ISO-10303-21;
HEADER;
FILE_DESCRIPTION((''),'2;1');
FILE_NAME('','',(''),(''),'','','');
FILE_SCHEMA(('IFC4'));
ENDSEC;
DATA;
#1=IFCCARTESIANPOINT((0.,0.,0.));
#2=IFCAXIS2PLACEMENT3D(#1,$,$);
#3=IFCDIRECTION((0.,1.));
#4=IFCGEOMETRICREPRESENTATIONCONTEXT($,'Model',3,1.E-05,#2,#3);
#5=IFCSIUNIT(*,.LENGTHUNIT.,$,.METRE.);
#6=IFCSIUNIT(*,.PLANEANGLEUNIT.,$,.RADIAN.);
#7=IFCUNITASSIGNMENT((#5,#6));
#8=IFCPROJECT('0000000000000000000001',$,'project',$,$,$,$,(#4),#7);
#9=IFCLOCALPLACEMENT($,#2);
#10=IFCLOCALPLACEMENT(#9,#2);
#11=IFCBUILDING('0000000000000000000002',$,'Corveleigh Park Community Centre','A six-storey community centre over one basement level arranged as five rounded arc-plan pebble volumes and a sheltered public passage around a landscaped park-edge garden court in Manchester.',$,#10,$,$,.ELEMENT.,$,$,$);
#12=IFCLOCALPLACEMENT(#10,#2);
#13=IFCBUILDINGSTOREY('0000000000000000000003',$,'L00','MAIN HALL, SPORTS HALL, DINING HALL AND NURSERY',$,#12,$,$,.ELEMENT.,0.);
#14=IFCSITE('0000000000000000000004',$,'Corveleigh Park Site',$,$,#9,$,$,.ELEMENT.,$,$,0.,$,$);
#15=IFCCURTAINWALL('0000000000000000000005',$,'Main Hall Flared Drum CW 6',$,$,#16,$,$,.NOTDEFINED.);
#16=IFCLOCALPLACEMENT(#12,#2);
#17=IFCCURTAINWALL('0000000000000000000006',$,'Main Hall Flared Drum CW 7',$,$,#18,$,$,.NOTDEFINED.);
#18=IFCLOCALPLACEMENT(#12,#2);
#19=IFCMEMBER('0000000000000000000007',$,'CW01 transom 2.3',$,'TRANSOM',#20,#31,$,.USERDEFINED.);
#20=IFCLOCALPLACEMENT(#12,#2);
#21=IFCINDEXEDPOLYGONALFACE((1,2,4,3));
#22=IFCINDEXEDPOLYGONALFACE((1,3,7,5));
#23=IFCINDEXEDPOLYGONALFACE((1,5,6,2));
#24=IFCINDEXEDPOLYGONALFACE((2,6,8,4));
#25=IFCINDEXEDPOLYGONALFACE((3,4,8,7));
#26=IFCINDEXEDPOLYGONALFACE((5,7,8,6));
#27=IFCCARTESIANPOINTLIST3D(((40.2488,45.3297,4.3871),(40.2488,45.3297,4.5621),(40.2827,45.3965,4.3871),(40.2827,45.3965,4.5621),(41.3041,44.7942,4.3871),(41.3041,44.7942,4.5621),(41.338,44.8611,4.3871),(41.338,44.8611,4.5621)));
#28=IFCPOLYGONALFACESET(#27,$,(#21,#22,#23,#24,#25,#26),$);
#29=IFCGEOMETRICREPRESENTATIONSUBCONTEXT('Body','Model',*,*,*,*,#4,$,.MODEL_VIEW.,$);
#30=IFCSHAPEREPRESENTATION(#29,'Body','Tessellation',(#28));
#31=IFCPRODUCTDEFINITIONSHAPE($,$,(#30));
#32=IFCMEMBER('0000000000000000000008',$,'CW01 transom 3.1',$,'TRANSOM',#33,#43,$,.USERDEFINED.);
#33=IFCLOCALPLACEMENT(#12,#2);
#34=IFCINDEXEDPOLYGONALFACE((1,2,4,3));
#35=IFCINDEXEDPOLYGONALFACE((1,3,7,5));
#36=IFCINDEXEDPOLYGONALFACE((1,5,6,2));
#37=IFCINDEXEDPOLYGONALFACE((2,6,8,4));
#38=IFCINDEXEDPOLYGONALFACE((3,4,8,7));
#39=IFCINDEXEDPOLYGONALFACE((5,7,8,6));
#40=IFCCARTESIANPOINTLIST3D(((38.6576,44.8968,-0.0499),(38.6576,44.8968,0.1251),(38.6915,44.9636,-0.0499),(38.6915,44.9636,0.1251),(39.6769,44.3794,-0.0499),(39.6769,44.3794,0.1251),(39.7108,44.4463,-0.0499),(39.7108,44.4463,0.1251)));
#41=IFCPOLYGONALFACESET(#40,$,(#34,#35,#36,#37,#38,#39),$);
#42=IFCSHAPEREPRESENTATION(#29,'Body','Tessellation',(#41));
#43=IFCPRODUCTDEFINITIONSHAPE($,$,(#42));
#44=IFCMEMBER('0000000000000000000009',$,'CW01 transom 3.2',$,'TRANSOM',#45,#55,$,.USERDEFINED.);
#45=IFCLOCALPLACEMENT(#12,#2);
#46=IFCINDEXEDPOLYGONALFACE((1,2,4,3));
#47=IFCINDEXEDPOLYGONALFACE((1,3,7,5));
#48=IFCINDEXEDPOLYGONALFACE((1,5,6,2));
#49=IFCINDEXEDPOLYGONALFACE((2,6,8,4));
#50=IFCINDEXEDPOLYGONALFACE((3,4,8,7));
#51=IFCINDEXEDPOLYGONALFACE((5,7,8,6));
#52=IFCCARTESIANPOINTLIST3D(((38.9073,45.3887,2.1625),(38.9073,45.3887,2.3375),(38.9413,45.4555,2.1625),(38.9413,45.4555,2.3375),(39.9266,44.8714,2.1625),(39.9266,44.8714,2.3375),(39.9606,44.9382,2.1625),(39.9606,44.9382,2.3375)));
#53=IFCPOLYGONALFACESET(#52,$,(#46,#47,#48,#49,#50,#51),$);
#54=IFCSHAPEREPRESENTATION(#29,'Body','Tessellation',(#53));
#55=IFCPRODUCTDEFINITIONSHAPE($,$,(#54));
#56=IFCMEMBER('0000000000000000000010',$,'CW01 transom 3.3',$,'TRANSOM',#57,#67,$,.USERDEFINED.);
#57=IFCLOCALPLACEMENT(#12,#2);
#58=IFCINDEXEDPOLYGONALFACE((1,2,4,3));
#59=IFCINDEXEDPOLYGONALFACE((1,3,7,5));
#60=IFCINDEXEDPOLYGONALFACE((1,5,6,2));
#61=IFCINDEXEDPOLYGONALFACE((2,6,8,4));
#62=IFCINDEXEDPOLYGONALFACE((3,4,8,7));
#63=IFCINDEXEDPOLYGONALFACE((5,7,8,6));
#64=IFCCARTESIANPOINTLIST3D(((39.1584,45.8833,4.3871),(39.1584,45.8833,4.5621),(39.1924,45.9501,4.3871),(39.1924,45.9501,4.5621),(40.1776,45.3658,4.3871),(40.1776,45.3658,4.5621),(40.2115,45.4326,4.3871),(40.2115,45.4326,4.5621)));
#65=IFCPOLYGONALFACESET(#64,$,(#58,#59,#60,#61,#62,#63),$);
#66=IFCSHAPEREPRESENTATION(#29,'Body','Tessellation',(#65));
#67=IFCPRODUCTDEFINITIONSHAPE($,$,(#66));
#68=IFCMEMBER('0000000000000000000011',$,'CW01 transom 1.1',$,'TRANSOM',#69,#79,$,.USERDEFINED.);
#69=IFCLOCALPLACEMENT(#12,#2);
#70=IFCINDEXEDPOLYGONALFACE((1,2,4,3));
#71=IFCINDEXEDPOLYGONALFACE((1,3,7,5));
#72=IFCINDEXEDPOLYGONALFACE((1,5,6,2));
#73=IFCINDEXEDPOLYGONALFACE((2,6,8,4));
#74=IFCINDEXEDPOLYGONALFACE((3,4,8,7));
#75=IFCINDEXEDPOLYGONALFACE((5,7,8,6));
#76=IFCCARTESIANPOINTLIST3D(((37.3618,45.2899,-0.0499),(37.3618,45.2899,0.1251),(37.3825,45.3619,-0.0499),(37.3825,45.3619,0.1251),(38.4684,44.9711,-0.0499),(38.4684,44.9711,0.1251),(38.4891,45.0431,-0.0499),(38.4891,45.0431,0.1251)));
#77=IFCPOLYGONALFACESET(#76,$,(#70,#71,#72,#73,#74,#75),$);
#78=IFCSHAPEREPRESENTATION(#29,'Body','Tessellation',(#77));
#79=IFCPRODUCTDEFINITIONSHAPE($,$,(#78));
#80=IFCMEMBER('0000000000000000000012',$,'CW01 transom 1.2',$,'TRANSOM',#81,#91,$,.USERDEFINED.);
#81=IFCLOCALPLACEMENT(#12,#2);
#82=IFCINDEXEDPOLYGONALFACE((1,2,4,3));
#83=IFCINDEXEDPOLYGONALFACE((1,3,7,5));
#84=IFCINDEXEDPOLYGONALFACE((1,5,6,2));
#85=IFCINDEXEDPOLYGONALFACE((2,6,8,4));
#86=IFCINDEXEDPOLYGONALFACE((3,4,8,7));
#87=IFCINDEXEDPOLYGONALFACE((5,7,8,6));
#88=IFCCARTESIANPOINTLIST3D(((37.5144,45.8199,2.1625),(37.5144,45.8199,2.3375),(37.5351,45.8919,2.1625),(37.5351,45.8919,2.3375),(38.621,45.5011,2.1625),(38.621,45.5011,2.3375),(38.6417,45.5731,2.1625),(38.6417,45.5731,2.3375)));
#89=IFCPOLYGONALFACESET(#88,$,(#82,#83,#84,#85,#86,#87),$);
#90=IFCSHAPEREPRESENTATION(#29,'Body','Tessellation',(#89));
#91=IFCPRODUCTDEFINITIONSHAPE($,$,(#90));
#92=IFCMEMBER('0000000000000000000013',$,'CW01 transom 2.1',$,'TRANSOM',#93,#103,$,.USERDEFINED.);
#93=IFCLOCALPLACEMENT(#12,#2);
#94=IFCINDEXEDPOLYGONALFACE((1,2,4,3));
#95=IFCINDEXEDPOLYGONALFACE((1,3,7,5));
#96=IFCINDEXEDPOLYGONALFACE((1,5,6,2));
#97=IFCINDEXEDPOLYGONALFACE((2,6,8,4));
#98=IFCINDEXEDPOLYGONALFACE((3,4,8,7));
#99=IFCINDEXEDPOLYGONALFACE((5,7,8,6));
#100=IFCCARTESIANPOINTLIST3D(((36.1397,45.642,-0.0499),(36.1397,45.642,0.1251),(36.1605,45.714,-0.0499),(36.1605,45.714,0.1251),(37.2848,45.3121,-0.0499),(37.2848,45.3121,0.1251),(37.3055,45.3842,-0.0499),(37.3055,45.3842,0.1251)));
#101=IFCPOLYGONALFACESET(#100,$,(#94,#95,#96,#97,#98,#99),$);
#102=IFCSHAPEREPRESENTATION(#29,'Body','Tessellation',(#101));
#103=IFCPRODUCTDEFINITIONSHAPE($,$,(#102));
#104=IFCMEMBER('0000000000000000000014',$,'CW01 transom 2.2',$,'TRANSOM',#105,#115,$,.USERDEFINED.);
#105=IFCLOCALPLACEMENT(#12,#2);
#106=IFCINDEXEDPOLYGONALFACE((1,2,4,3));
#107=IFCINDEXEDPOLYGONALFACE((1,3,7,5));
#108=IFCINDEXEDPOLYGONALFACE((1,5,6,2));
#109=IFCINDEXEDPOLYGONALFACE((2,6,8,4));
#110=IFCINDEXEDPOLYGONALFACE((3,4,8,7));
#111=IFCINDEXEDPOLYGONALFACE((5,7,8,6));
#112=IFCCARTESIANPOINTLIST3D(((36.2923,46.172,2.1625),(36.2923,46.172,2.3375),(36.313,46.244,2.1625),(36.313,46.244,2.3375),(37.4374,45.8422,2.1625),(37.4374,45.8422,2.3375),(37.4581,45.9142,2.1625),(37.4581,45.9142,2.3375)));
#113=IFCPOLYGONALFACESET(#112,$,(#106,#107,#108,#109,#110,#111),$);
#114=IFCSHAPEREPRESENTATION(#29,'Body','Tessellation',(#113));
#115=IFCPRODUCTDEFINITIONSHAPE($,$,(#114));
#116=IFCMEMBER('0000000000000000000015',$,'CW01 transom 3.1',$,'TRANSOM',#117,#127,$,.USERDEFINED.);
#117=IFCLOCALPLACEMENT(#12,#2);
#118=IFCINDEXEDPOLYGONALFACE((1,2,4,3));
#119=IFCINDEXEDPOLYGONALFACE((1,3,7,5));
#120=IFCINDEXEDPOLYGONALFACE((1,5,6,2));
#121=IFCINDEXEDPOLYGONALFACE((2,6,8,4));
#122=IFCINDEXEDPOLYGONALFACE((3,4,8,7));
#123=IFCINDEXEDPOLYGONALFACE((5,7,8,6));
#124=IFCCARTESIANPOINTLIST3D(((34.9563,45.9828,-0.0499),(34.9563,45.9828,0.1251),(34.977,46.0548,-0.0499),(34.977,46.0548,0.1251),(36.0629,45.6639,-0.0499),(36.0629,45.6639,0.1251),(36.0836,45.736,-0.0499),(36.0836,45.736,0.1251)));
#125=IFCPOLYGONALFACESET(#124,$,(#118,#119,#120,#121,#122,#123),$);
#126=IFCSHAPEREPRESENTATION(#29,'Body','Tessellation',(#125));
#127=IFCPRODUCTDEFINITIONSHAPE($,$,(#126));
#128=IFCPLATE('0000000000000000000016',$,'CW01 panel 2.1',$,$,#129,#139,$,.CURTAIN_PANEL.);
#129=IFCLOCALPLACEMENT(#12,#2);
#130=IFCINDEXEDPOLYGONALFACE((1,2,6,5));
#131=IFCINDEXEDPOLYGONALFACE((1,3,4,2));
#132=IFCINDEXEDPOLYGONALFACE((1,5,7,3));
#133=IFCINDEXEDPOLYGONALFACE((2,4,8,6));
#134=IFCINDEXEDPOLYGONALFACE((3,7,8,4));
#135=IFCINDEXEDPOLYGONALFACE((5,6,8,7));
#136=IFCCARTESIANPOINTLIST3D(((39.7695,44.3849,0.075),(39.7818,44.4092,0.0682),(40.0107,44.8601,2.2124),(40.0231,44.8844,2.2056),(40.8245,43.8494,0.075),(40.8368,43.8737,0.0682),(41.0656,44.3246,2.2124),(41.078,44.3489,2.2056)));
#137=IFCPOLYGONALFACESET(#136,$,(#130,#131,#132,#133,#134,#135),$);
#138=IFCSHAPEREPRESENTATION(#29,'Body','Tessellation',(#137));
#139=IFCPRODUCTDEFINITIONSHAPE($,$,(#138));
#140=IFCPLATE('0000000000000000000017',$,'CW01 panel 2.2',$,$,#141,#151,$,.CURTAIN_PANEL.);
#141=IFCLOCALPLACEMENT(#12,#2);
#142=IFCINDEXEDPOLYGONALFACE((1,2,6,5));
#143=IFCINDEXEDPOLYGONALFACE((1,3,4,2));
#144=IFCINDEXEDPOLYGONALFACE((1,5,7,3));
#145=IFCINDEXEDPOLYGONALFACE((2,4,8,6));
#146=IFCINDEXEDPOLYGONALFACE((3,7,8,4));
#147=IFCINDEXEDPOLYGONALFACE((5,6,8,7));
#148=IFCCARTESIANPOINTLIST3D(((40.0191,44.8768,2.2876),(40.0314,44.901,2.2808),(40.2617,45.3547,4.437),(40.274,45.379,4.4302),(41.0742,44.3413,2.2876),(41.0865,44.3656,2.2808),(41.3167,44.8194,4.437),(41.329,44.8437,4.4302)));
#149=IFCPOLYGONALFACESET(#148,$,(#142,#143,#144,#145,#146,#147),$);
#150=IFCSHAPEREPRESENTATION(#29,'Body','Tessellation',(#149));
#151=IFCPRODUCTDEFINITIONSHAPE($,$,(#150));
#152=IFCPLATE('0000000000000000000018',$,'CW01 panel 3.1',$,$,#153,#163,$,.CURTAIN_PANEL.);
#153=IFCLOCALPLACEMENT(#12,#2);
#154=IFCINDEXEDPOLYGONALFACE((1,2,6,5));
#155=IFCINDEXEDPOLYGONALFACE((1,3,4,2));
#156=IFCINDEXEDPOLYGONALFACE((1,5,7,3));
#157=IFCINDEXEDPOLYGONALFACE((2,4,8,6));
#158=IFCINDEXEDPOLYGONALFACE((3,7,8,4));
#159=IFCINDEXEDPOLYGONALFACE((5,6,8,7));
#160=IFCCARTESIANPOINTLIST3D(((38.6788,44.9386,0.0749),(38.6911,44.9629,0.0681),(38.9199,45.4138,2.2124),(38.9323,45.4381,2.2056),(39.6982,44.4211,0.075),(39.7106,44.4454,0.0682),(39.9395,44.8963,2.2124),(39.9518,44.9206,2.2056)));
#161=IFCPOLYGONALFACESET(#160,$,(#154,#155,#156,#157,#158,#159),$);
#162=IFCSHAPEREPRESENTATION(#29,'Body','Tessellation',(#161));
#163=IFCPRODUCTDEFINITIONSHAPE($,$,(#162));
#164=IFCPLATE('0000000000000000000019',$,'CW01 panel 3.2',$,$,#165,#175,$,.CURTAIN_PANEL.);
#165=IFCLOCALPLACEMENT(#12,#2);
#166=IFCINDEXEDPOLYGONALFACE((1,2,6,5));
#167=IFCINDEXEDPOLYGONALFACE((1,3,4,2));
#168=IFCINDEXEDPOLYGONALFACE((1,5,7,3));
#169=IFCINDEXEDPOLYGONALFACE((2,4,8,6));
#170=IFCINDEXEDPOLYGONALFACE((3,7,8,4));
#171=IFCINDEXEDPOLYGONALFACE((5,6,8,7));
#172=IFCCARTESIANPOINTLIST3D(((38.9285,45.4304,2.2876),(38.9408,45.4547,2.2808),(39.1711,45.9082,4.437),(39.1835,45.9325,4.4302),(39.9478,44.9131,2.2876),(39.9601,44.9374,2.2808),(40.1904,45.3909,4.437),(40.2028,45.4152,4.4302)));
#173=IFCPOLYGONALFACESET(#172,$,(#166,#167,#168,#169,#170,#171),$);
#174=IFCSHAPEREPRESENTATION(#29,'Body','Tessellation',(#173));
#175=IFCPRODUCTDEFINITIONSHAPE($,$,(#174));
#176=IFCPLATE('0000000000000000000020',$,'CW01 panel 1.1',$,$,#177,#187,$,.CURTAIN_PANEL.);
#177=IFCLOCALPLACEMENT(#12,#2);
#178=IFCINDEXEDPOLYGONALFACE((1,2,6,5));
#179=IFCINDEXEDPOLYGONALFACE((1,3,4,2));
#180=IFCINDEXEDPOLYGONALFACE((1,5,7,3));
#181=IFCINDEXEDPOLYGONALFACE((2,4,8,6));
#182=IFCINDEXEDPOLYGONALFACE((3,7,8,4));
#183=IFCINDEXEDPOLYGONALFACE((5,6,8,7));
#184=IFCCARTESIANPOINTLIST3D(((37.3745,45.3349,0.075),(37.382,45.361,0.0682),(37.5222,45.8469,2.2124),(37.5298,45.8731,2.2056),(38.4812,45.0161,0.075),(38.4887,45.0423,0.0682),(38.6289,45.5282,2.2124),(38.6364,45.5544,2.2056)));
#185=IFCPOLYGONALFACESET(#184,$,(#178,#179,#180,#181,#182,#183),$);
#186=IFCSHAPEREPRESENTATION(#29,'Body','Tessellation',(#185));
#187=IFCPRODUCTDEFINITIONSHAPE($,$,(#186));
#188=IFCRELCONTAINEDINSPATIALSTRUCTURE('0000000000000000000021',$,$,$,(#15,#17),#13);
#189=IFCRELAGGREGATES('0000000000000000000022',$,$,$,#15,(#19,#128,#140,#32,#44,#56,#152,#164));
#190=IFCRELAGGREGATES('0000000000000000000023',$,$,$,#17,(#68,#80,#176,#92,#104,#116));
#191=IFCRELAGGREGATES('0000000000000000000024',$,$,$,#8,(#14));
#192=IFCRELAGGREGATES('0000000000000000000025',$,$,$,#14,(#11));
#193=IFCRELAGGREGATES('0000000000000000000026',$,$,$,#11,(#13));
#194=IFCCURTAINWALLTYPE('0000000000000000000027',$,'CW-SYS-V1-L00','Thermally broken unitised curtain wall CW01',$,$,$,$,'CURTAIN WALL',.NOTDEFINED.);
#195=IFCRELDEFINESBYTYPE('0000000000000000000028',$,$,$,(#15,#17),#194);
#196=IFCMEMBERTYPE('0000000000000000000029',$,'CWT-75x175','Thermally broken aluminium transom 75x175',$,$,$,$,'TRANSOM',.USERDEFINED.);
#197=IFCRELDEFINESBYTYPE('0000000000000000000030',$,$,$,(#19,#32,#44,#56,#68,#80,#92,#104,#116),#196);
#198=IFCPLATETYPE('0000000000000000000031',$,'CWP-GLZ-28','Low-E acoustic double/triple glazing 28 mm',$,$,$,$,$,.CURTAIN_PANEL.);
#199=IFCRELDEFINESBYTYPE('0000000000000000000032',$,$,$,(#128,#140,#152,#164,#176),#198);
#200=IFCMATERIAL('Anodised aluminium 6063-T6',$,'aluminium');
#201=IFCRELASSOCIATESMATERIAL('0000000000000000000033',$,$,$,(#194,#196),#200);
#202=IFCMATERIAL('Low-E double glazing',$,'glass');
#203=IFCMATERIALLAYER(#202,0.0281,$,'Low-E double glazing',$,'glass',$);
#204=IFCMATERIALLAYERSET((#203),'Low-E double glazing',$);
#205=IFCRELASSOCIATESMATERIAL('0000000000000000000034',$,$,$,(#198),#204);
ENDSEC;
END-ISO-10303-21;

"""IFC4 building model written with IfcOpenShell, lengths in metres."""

from ifc_helpers import new_model, si_unit, direction, frame, origin, origin_2d, place, context, subcontext, project, spatial, polyline, rectangle, outline, extrude, material, layer, layer_set, material_profile, profile_set, type_object, element, aggregate, save


model = new_model("IFC4")

# Units and contexts
model_context = context("Model", 3, precision=1e-05, world=origin(), true_north=direction((0.0, 1.0)))
body_context = subcontext(model_context, "Body", "Model", "MODEL_VIEW")
ifc_project = project(units=[si_unit("LENGTHUNIT", "METRE"), si_unit("PLANEANGLEUNIT", "RADIAN")], contexts=[model_context])

# Site, building, storey
site_placement = place(None, origin())
site = spatial("IfcSite", under=ifc_project, at=site_placement, Name="Corveleigh Park Site", CompositionType="ELEMENT", RefElevation=0.0)
building_placement = place(site_placement, origin())
building = spatial("IfcBuilding", under=site, at=building_placement, Name="Corveleigh Park Community Centre", Description="A six-storey community centre over one basement level arranged as five rounded arc-plan pebble volumes and a sheltered public passage around a landscaped park-edge garden court in Manchester.", CompositionType="ELEMENT")
storey_placement = place(building_placement, origin())
storey = spatial("IfcBuildingStorey", under=building, at=storey_placement, Name="L00", Description="MAIN HALL, SPORTS HALL, DINING HALL AND NURSERY", CompositionType="ELEMENT", Elevation=0.0)

# Curtain walls
ifc_material_1 = material(Name="Anodised aluminium 6063-T6", Category="aluminium")
curtain_wall_type = type_object("IfcCurtainWallType", Name="CW-SYS-V1-L00", Description="Thermally broken unitised curtain wall CW01", ElementType="CURTAIN WALL", PredefinedType="NOTDEFINED", material=ifc_material_1)
curtain_wall_1_placement = place(storey_placement, origin())
curtain_wall_1 = element("IfcCurtainWall", 1, at=curtain_wall_1_placement, inside=storey, type_object=curtain_wall_type, Name="Main Hall Flared Drum CW 6", PredefinedType="NOTDEFINED")
curtain_wall_2_placement = place(storey_placement, origin())
curtain_wall_2 = element("IfcCurtainWall", 2, at=curtain_wall_2_placement, inside=storey, type_object=curtain_wall_type, Name="Main Hall Flared Drum CW 7", PredefinedType="NOTDEFINED")

# Members
ifc_material_profile_1 = material_profile(ifc_material_1, rectangle(XDim=0.075, YDim=0.175, at=origin_2d()), Name="ALU-T75x175", Category="aluminium")
ifc_profile_set_1 = profile_set([ifc_material_profile_1], Name="Anodised aluminium 6063-T6")
member_type_1 = type_object("IfcMemberType", Name="CWT-75x175", Description="Thermally broken aluminium transom 75x175", ElementType="TRANSOM", PredefinedType="USERDEFINED", material=ifc_profile_set_1)
member_1_placement = place(storey_placement, frame((41.321, 44.8276, 4.4746), z_axis=(-0.891771, 0.452488, 0.0), x_axis=(-0.452488, -0.891771, 0.0)))
member_1 = element("IfcMember", 3, at=member_1_placement, type_object=member_type_1, Name="CW01 transom 2.3", ObjectType="TRANSOM", PredefinedType="USERDEFINED", context=body_context, shape_type="SweptSolid", body=[
    extrude(rectangle(XDim=0.075, YDim=0.175, at=origin_2d()), origin(), (0.0, 0.0, 1.0), 1.1833),
])
member_2_placement = place(storey_placement, frame((39.6938, 44.4128, 0.0376), z_axis=(-0.89172, 0.452588, 0.0), x_axis=(-0.452588, -0.89172, 0.0)))
member_2 = element("IfcMember", 4, at=member_2_placement, type_object=member_type_1, Name="CW01 transom 3.1", ObjectType="TRANSOM", PredefinedType="USERDEFINED", context=body_context, shape_type="SweptSolid", body=[
    extrude(rectangle(XDim=0.075, YDim=0.175, at=origin_2d()), origin(), (0.0, 0.0, 1.0), 1.1431),
])
member_3_placement = place(storey_placement, frame((39.9436, 44.9048, 2.25), z_axis=(-0.89172, 0.452588, 0.0), x_axis=(-0.452588, -0.89172, 0.0)))
member_3 = element("IfcMember", 5, at=member_3_placement, type_object=member_type_1, Name="CW01 transom 3.2", ObjectType="TRANSOM", PredefinedType="USERDEFINED", context=body_context, shape_type="SweptSolid", body=[
    extrude(rectangle(XDim=0.075, YDim=0.175, at=origin_2d()), origin(), (0.0, 0.0, 1.0), 1.1431),
])
member_4_placement = place(storey_placement, frame((40.1946, 45.3992, 4.4746), z_axis=(-0.891634, 0.452758, 0.0), x_axis=(-0.452758, -0.891634, 0.0)))
member_4 = element("IfcMember", 6, at=member_4_placement, type_object=member_type_1, Name="CW01 transom 3.3", ObjectType="TRANSOM", PredefinedType="USERDEFINED", context=body_context, shape_type="SweptSolid", body=[
    extrude(rectangle(XDim=0.075, YDim=0.175, at=origin_2d()), origin(), (0.0, 0.0, 1.0), 1.1431),
])
member_5_placement = place(storey_placement, frame((38.4788, 45.0071, 0.0376), z_axis=(-0.960914, 0.276848, 0.0), x_axis=(-0.276848, -0.960914, 0.0)))
member_5 = element("IfcMember", 7, at=member_5_placement, type_object=member_type_1, Name="CW01 transom 1.1", ObjectType="TRANSOM", PredefinedType="USERDEFINED", context=body_context, shape_type="SweptSolid", body=[
    extrude(rectangle(XDim=0.075, YDim=0.175, at=origin_2d()), origin(), (0.0, 0.0, 1.0), 1.1516),
])
member_6_placement = place(storey_placement, frame((38.6313, 45.5371, 2.25), z_axis=(-0.960914, 0.276848, 0.0), x_axis=(-0.276848, -0.960914, 0.0)))
member_6 = element("IfcMember", 8, at=member_6_placement, type_object=member_type_1, Name="CW01 transom 1.2", ObjectType="TRANSOM", PredefinedType="USERDEFINED", context=body_context, shape_type="SweptSolid", body=[
    extrude(rectangle(XDim=0.075, YDim=0.175, at=origin_2d()), origin(), (0.0, 0.0, 1.0), 1.1516),
])
member_7_placement = place(storey_placement, frame((37.2952, 45.3481, 0.0376), z_axis=(-0.960926, 0.276804, 0.0), x_axis=(-0.276804, -0.960926, 0.0)))
member_7 = element("IfcMember", 9, at=member_7_placement, type_object=member_type_1, Name="CW01 transom 2.1", ObjectType="TRANSOM", PredefinedType="USERDEFINED", context=body_context, shape_type="SweptSolid", body=[
    extrude(rectangle(XDim=0.075, YDim=0.175, at=origin_2d()), origin(), (0.0, 0.0, 1.0), 1.1917),
])
member_8_placement = place(storey_placement, frame((37.4478, 45.8782, 2.25), z_axis=(-0.960926, 0.276804, 0.0), x_axis=(-0.276804, -0.960926, 0.0)))
member_8 = element("IfcMember", 10, at=member_8_placement, type_object=member_type_1, Name="CW01 transom 2.2", ObjectType="TRANSOM", PredefinedType="USERDEFINED", context=body_context, shape_type="SweptSolid", body=[
    extrude(rectangle(XDim=0.075, YDim=0.175, at=origin_2d()), origin(), (0.0, 0.0, 1.0), 1.1917),
])
member_9_placement = place(storey_placement, frame((36.0732, 45.7, 0.0376), z_axis=(-0.960914, 0.276848, 0.0), x_axis=(-0.276848, -0.960914, 0.0)))
member_9 = element("IfcMember", 11, at=member_9_placement, type_object=member_type_1, Name="CW01 transom 3.1", ObjectType="TRANSOM", PredefinedType="USERDEFINED", context=body_context, shape_type="SweptSolid", body=[
    extrude(rectangle(XDim=0.075, YDim=0.175, at=origin_2d()), origin(), (0.0, 0.0, 1.0), 1.1516),
])

# Plates
ifc_material_2 = material(Name="Low-E double glazing", Category="glass")
ifc_layer = layer(ifc_material_2, 0.0281, Name="Low-E double glazing", Category="glass")
ifc_layer_set = layer_set([ifc_layer], Name="Low-E double glazing")
plate_type = type_object("IfcPlateType", Name="CWP-GLZ-28", Description="Low-E acoustic double/triple glazing 28 mm", PredefinedType="CURTAIN_PANEL", material=ifc_layer_set)
plate_1_placement = place(storey_placement, frame((40.8245, 43.8494, 0.075), z_axis=(-0.439207, -0.865199, 0.241924), x_axis=(-0.891684, 0.452658, 0.000022)))
plate_1 = element("IfcPlate", 12, at=plate_1_placement, type_object=plate_type, Name="CW01 panel 2.1", PredefinedType="CURTAIN_PANEL", context=body_context, shape_type="SweptSolid", body=[
    extrude(outline(polyline([(0.0, 0.0), (1.1831, 0.0), (1.1831, -2.2029), (0.0001, -2.2029), (0.0, 0.0)])), origin(), (0.0, 0.0, -1.0), 0.0281),
])
plate_2_placement = place(storey_placement, frame((41.0742, 44.3413, 2.2876), z_axis=(-0.439081, -0.865248, 0.241979), x_axis=(-0.891751, 0.452527, -0.000011)))
plate_2 = element("IfcPlate", 13, at=plate_2_placement, type_object=plate_type, Name="CW01 panel 2.2", PredefinedType="CURTAIN_PANEL", context=body_context, shape_type="SweptSolid", body=[
    extrude(outline(polyline([(0.0, 0.0), (1.1832, 0.0), (1.1831, -2.2153), (0.0001, -2.2152), (0.0, 0.0)])), origin(), (0.0, 0.0, -1.0), 0.0281),
])
plate_3_placement = place(storey_placement, frame((39.6982, 44.4211, 0.075), z_axis=(-0.439143, -0.865232, 0.241924), x_axis=(-0.891723, 0.452582, -0.000022)))
plate_3 = element("IfcPlate", 14, at=plate_3_placement, type_object=plate_type, Name="CW01 panel 3.1", PredefinedType="CURTAIN_PANEL", context=body_context, shape_type="SweptSolid", body=[
    extrude(outline(polyline([(0.0, 0.0), (1.1433, 0.0), (1.1433, -2.2029), (-0.0001, -2.2029), (0.0, 0.0)])), origin(), (0.0, 0.0, -1.0), 0.0281),
])
plate_4_placement = place(storey_placement, frame((39.9478, 44.9131, 2.2876), z_axis=(-0.439145, -0.865235, 0.24191), x_axis=(-0.89172, 0.452588, 0.0)))
plate_4 = element("IfcPlate", 15, at=plate_4_placement, type_object=plate_type, Name="CW01 panel 3.2", PredefinedType="CURTAIN_PANEL", context=body_context, shape_type="SweptSolid", body=[
    extrude(outline(polyline([(0.0, 0.0), (1.1431, 0.0), (1.1429, -2.2152), (-0.0002, -2.2152), (0.0, 0.0)])), origin(), (0.0, 0.0, -1.0), 0.0281),
])
aggregate(curtain_wall_1, [member_1, plate_1, plate_2, member_2, member_3, member_4, plate_3, plate_4])
plate_5_placement = place(storey_placement, frame((38.4812, 45.0161, 0.075), z_axis=(-0.268529, -0.932394, 0.241937), x_axis=(-0.96094, 0.276756, 0.000024)))
plate_5 = element("IfcPlate", 16, at=plate_5_placement, type_object=plate_type, Name="CW01 panel 1.1", PredefinedType="CURTAIN_PANEL", context=body_context, shape_type="SweptSolid", body=[
    extrude(outline(polyline([(0.0, 0.0), (1.1517, 0.0), (1.1515, -2.2029), (-0.0001, -2.2029), (0.0, 0.0)])), origin(), (0.0, 0.0, -1.0), 0.0281),
])
aggregate(curtain_wall_2, [member_5, member_6, plate_5, member_7, member_8, member_9])

save(model, "model.ifc")
